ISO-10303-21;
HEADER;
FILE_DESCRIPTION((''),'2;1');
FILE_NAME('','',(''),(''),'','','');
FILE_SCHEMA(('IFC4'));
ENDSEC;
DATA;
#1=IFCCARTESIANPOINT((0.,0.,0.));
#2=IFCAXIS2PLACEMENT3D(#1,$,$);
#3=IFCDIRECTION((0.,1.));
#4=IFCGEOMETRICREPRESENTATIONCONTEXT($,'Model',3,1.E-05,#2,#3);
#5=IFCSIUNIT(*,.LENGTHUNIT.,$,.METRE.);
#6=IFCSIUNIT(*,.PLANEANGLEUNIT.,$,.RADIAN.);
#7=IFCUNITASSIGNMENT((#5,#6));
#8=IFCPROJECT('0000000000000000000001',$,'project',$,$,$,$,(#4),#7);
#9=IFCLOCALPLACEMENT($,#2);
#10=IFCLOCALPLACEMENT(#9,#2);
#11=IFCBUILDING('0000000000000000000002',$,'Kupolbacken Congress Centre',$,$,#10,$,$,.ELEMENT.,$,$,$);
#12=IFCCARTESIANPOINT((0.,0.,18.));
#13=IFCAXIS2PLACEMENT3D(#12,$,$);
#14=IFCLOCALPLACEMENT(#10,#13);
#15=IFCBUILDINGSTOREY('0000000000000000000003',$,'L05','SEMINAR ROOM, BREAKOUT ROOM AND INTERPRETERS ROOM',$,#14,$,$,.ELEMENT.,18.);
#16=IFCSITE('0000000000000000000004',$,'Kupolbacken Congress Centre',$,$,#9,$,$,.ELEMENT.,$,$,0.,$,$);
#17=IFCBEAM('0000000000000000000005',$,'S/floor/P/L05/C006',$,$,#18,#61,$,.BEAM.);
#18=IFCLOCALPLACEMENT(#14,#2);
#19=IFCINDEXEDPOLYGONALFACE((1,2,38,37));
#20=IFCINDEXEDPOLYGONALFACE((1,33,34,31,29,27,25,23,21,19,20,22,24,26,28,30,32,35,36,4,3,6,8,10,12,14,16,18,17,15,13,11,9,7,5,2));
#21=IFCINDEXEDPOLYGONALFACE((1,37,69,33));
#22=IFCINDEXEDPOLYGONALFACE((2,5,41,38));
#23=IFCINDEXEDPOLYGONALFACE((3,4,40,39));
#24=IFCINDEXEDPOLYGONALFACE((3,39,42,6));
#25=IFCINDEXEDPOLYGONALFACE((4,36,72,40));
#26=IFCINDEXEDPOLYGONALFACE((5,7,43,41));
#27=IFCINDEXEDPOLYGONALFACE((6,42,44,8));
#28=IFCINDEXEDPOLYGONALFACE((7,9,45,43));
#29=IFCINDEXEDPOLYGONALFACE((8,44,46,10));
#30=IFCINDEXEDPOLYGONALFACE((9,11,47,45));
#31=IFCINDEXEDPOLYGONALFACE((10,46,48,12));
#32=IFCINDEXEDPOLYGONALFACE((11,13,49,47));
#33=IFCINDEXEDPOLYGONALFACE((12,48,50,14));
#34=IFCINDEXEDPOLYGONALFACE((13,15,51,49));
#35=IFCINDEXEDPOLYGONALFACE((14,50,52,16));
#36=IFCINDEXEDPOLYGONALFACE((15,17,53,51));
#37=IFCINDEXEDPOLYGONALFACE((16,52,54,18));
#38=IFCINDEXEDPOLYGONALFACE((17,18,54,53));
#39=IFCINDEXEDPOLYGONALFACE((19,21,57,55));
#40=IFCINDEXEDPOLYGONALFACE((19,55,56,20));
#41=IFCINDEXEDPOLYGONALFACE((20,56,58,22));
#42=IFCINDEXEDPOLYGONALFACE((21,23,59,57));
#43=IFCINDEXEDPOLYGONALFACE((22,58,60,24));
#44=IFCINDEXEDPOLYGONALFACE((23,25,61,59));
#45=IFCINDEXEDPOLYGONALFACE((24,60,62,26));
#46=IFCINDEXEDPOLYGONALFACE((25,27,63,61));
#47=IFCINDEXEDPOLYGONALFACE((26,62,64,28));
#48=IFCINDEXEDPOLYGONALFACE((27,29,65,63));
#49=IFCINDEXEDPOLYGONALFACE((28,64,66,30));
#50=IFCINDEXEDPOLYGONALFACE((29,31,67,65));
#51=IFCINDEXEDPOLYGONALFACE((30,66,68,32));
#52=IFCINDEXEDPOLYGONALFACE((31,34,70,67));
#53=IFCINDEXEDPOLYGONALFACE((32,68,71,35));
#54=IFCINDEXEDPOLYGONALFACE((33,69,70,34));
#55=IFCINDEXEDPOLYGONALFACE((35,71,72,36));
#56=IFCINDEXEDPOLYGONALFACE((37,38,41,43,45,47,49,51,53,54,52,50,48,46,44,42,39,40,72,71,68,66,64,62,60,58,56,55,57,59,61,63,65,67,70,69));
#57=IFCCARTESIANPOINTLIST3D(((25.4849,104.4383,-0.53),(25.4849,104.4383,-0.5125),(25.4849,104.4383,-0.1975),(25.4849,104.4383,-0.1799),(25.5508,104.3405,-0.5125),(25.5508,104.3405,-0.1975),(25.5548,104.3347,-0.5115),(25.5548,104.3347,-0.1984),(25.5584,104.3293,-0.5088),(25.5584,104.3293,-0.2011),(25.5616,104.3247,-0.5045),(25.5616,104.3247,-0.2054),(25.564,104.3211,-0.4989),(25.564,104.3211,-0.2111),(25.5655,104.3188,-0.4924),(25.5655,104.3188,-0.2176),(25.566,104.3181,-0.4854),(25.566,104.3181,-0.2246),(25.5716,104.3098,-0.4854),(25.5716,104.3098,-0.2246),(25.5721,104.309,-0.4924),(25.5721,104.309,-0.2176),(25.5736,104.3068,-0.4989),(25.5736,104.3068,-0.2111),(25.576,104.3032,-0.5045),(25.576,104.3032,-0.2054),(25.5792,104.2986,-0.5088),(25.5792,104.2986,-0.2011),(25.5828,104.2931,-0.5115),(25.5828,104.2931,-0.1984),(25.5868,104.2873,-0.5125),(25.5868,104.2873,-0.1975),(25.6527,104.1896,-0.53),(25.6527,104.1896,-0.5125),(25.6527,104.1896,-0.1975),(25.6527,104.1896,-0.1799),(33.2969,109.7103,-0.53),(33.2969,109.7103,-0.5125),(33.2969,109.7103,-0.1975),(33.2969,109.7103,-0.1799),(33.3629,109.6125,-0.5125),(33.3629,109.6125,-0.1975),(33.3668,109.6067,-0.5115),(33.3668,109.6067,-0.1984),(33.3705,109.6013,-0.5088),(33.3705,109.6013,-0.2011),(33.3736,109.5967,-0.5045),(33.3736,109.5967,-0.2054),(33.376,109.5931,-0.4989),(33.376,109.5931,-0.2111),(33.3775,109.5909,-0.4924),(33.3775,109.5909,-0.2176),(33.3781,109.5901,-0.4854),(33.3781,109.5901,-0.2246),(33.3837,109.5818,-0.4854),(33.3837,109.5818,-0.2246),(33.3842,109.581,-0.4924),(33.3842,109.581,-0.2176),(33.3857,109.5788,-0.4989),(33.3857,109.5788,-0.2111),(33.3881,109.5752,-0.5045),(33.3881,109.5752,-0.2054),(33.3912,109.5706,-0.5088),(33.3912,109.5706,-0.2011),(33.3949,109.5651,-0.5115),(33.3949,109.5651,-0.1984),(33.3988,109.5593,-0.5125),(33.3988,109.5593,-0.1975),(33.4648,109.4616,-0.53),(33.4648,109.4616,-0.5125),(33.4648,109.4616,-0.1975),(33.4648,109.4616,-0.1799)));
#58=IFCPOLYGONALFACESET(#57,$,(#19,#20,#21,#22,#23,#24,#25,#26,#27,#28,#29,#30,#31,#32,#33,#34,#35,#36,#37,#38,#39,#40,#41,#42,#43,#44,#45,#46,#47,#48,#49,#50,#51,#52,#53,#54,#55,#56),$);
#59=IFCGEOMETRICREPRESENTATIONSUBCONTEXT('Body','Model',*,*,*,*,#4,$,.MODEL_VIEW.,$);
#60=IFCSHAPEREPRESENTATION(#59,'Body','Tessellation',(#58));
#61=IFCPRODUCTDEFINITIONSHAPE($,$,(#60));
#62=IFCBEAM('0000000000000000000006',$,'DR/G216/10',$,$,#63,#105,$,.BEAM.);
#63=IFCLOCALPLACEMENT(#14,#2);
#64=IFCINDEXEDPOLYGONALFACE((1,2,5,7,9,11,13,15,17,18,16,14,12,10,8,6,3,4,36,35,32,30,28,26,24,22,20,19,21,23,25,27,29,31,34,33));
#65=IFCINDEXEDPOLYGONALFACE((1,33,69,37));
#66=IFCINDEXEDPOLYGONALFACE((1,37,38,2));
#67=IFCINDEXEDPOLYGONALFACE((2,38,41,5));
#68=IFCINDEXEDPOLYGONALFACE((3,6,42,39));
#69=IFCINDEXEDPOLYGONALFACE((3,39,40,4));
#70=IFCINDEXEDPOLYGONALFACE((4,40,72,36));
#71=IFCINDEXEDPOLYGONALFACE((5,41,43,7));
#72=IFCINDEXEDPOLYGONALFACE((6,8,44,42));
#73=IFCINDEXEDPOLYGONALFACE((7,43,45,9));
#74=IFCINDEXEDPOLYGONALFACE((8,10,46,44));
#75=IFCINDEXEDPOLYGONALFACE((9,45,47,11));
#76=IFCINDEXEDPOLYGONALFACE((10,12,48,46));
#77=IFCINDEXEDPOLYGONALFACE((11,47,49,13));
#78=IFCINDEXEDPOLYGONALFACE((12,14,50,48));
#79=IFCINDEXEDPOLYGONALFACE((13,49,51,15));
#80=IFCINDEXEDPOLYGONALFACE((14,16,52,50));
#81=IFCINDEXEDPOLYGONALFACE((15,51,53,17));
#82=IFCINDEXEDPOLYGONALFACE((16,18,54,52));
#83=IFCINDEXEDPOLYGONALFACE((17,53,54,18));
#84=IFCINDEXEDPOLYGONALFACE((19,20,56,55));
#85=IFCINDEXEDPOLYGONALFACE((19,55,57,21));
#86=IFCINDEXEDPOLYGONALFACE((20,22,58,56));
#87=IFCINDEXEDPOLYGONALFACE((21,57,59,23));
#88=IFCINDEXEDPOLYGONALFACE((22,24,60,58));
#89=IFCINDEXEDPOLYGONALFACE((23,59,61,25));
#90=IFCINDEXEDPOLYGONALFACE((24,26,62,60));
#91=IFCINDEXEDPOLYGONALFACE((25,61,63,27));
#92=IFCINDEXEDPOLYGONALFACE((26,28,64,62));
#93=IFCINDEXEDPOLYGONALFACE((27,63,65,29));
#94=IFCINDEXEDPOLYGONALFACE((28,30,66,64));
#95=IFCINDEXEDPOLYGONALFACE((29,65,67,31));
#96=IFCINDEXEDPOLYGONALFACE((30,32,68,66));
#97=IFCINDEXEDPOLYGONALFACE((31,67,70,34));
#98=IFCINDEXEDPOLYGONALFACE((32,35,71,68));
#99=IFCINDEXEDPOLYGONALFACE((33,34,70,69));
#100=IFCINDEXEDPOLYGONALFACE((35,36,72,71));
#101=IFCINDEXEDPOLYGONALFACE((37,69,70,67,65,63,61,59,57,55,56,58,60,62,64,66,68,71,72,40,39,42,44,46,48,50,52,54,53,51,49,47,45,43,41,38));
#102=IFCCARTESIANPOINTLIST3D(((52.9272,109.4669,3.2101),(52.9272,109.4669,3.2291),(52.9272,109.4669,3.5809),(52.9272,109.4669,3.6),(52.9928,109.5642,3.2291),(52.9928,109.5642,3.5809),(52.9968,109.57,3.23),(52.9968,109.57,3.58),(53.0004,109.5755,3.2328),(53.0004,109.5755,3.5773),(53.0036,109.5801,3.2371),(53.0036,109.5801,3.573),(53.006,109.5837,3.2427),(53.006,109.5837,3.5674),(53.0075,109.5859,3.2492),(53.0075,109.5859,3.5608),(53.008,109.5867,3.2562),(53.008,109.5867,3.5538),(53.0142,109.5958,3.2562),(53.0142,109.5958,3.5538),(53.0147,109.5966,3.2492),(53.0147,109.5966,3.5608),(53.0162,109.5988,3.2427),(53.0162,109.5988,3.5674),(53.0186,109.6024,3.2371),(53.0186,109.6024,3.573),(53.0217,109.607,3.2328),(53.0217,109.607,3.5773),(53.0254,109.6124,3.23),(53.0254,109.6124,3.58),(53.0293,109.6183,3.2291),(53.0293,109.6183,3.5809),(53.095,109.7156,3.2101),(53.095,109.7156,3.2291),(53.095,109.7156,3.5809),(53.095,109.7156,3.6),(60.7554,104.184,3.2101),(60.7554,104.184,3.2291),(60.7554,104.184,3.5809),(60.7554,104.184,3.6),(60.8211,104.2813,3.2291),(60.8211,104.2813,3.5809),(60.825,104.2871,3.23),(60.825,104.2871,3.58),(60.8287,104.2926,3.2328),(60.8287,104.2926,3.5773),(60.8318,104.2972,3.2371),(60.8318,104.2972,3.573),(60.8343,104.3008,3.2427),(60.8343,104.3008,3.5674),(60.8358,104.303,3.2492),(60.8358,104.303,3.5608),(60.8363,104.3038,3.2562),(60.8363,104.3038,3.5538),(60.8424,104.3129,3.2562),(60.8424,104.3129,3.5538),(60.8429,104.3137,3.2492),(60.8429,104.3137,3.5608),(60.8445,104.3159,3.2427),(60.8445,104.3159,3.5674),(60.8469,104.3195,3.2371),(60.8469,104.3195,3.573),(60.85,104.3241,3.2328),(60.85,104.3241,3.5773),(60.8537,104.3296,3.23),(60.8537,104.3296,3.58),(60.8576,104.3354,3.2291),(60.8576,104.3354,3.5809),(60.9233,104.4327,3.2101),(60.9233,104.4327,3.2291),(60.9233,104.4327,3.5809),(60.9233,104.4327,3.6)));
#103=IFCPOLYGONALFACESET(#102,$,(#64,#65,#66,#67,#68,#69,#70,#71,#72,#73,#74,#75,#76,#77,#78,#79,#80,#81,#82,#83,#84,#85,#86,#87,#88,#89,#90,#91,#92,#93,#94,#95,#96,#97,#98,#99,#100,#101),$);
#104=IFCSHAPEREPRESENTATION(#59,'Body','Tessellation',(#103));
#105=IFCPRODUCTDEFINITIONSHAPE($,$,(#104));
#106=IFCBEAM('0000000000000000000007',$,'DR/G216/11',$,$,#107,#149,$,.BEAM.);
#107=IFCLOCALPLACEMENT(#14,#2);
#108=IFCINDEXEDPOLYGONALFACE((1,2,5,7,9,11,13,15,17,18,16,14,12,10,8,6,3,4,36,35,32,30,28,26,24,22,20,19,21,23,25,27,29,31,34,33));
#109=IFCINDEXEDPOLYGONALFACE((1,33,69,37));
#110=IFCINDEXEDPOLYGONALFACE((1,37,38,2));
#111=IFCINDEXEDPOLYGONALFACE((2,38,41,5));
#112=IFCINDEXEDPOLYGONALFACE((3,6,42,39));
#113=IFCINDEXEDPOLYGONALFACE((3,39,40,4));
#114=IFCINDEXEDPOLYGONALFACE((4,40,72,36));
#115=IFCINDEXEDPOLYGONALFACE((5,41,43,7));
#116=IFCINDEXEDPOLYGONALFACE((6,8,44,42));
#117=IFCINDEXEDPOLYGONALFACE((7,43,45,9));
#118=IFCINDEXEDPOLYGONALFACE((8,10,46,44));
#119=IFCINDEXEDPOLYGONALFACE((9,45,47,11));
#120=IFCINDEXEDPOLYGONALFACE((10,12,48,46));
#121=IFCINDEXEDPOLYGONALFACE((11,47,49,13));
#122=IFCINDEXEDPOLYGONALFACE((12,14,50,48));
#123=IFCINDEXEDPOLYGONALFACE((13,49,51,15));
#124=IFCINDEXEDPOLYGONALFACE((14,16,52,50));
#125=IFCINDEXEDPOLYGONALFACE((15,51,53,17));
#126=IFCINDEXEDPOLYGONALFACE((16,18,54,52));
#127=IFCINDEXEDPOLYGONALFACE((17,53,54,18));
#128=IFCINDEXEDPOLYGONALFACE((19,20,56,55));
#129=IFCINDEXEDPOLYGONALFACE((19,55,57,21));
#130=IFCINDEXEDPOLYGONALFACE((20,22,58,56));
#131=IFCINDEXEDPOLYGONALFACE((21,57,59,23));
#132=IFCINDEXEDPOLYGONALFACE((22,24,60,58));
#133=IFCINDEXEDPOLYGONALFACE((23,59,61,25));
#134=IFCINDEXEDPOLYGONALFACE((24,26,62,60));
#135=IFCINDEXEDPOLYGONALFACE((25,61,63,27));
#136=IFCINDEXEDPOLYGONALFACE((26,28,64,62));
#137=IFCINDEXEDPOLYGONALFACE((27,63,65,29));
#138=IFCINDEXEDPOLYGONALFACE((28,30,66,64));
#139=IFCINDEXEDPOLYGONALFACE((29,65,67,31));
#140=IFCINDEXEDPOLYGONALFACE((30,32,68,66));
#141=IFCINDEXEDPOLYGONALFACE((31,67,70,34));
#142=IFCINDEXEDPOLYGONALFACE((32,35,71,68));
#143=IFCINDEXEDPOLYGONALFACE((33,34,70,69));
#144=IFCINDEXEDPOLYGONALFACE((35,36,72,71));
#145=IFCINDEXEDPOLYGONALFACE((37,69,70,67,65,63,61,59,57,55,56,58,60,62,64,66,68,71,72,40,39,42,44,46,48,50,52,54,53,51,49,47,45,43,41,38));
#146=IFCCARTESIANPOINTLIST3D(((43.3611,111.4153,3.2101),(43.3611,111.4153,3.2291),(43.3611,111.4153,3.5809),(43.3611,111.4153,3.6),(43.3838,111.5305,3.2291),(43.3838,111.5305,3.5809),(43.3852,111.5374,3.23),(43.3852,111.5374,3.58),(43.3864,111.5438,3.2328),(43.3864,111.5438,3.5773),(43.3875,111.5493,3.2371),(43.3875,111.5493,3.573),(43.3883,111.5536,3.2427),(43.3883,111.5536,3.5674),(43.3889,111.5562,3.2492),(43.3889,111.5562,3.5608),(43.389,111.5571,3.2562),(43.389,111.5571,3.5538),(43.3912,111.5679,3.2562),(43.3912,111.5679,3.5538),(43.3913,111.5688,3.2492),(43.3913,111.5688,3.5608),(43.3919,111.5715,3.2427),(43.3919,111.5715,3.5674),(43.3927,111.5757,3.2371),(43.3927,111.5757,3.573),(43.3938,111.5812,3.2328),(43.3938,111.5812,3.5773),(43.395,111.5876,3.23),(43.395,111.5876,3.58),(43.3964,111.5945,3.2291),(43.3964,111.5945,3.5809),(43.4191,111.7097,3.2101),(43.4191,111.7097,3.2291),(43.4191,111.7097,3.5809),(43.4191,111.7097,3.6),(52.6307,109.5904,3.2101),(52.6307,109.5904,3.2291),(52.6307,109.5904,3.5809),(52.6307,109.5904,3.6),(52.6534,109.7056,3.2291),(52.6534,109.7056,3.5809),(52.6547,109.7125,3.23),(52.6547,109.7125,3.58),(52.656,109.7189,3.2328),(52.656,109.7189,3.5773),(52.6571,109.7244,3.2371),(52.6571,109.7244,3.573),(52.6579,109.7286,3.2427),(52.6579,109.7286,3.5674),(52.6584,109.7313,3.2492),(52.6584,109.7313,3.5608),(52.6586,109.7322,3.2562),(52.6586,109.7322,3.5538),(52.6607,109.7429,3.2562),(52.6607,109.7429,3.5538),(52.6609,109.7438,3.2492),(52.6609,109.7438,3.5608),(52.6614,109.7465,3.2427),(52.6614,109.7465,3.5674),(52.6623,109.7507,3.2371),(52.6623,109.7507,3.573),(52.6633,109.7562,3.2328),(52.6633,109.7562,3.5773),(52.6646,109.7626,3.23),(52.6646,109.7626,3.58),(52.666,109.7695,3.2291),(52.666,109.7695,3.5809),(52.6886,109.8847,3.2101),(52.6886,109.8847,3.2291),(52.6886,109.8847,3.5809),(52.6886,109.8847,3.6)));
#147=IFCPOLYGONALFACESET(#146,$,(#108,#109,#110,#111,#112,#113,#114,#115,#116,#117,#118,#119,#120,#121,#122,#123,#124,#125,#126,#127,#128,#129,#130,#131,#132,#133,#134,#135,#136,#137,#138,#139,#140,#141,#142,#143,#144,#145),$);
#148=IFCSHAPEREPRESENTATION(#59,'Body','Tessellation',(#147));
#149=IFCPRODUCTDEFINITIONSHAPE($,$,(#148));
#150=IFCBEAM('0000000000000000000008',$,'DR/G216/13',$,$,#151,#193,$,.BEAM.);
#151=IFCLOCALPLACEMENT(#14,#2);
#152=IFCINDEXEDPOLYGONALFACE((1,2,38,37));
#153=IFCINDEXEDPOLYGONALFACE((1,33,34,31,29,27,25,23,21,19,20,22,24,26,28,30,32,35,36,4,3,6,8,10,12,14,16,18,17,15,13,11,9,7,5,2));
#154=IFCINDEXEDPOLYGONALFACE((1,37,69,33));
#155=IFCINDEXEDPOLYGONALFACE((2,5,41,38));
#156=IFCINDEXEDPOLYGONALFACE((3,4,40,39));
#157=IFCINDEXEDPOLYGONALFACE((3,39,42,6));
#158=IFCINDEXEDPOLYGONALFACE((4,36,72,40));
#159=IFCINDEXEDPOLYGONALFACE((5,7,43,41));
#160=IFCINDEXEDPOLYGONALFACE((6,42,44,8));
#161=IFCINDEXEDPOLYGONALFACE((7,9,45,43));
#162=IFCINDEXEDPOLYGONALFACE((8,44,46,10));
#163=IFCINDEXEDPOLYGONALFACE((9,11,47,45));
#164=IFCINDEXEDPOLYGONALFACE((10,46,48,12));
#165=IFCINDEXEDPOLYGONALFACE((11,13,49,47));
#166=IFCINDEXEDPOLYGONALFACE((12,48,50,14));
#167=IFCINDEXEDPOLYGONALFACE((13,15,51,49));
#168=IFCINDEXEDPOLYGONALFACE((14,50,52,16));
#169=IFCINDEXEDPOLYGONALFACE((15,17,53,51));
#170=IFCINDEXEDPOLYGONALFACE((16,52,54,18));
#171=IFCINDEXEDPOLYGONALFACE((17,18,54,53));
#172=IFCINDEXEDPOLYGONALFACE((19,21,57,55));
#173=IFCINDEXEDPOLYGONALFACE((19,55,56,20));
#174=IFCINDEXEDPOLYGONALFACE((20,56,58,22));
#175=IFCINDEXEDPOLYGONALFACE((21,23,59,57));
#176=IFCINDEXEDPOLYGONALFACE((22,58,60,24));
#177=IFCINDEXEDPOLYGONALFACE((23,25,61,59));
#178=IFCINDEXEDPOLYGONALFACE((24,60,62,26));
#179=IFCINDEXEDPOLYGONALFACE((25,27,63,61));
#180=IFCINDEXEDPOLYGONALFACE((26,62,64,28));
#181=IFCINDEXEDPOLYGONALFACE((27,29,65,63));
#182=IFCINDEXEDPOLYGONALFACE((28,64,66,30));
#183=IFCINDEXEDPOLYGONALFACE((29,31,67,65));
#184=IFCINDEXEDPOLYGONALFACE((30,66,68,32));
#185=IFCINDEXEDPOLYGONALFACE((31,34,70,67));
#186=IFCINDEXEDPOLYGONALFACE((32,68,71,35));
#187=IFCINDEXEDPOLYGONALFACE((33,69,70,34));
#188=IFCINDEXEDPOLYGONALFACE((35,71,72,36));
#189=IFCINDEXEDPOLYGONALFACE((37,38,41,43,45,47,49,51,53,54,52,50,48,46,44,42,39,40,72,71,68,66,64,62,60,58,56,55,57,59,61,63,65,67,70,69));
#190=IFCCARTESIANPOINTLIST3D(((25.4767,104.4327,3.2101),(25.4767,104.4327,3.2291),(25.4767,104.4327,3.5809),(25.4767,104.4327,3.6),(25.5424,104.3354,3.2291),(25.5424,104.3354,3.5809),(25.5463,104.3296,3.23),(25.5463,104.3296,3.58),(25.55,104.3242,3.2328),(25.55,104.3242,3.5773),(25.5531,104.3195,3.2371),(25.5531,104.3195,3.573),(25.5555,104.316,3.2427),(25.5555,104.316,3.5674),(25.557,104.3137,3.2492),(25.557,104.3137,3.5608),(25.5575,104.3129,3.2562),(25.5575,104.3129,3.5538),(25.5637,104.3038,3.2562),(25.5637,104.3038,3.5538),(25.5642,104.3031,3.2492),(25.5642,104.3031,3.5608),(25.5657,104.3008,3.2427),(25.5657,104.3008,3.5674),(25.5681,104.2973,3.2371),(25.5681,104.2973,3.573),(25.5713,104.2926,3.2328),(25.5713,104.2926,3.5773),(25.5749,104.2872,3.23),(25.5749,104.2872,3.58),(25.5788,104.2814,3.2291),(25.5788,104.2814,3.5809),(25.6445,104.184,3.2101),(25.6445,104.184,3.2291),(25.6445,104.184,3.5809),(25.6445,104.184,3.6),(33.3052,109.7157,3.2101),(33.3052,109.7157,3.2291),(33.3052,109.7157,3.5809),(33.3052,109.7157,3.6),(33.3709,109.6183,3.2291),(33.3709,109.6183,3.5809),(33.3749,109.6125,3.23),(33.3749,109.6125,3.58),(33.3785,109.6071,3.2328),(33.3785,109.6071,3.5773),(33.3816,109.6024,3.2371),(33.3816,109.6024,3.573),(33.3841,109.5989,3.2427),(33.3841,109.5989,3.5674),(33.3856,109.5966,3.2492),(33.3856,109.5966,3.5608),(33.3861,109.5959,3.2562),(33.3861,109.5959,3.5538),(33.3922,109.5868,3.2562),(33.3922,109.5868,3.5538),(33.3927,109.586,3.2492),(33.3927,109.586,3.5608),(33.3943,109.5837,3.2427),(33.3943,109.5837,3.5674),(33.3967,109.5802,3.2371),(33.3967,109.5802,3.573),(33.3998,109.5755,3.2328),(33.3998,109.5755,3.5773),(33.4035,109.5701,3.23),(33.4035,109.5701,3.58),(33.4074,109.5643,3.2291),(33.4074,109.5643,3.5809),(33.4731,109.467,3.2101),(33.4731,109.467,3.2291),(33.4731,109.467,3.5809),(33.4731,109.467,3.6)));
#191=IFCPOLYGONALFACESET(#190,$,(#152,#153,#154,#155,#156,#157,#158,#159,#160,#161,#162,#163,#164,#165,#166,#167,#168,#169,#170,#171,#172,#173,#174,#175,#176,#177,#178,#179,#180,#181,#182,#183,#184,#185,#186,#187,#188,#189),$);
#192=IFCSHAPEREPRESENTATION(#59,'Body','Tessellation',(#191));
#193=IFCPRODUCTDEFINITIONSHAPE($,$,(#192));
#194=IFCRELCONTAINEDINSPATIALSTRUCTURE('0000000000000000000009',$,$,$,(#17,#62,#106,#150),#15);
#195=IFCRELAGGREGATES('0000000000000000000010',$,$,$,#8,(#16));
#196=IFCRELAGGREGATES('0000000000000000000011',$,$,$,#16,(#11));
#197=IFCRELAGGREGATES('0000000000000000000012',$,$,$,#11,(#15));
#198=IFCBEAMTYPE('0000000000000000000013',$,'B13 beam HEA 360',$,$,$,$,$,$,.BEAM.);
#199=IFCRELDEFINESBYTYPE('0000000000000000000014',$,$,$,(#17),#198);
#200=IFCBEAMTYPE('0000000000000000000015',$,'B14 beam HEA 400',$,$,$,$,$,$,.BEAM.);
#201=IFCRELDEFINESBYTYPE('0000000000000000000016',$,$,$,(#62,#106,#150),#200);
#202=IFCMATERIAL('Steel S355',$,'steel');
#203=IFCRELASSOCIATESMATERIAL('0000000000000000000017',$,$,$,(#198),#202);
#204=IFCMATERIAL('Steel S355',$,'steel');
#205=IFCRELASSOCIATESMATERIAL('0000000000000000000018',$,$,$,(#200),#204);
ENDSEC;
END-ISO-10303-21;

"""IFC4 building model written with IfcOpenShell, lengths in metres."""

from ifc_helpers import new_model, si_unit, direction, frame, origin, origin_2d, place, context, subcontext, project, spatial, i_section, extrude, material, material_profile, profile_set, type_object, element, save


model = new_model("IFC4")

# Units and contexts
model_context = context("Model", 3, precision=1e-05, world=origin(), true_north=direction((0.0, 1.0)))
body_context = subcontext(model_context, "Body", "Model", "MODEL_VIEW")
ifc_project = project(units=[si_unit("LENGTHUNIT", "METRE"), si_unit("PLANEANGLEUNIT", "RADIAN")], contexts=[model_context])

# Site, building, storey
site_placement = place(None, origin())
site = spatial("IfcSite", under=ifc_project, at=site_placement, Name="Kupolbacken Congress Centre", CompositionType="ELEMENT", RefElevation=0.0)
building_placement = place(site_placement, origin())
building = spatial("IfcBuilding", under=site, at=building_placement, Name="Kupolbacken Congress Centre", CompositionType="ELEMENT")
storey_placement = place(building_placement, frame((0.0, 0.0, 18.0)))
storey = spatial("IfcBuildingStorey", under=building, at=storey_placement, Name="L05", Description="SEMINAR ROOM, BREAKOUT ROOM AND INTERPRETERS ROOM", CompositionType="ELEMENT", Elevation=18.0)

# Beams
ifc_material_1 = material(Name="Steel S355", Category="steel")
ifc_material_profile_1 = material_profile(ifc_material_1, i_section(OverallWidth=0.3, OverallDepth=0.3501, WebThickness=0.01, FlangeThickness=0.0176, FilletRadius=0.0271, at=origin_2d()), Name="HEA 360")
ifc_profile_set_1 = profile_set([ifc_material_profile_1], Name="Steel S355")
beam_type_1 = type_object("IfcBeamType", Name="B13 beam HEA 360", PredefinedType="BEAM", material=ifc_profile_set_1)
beam_1_placement = place(storey_placement, frame((33.3809, 109.5859, -0.355), z_axis=(-0.828905, -0.55939, 0.0), x_axis=(0.55939, -0.828905, 0.0)))
element("IfcBeam", 1, at=beam_1_placement, inside=storey, type_object=beam_type_1, Name="S/floor/P/L05/C006", PredefinedType="BEAM", context=body_context, shape_type="SweptSolid", body=[
    extrude(i_section(OverallWidth=0.3, OverallDepth=0.3501, WebThickness=0.01, FlangeThickness=0.0176, FilletRadius=0.0271, at=origin_2d()), origin(), (0.0, 0.0, 1.0), 9.4246),
])
ifc_material_2 = material(Name="Steel S355", Category="steel")
ifc_material_profile_2 = material_profile(ifc_material_2, i_section(OverallWidth=0.3, OverallDepth=0.3899, WebThickness=0.011, FlangeThickness=0.019, FilletRadius=0.0271, at=origin_2d()), Name="HEA 400")
ifc_profile_set_2 = profile_set([ifc_material_profile_2], Name="Steel S355")
beam_type_2 = type_object("IfcBeamType", Name="B14 beam HEA 400", PredefinedType="BEAM", material=ifc_profile_set_2)
beam_2_placement = place(storey_placement, frame((60.8394, 104.3083, 3.405), z_axis=(-0.828907, 0.559386, 0.0), x_axis=(-0.559386, -0.828907, 0.0)))
element("IfcBeam", 2, at=beam_2_placement, inside=storey, type_object=beam_type_2, Name="DR/G216/10", PredefinedType="BEAM", context=body_context, shape_type="SweptSolid", body=[
    extrude(i_section(OverallWidth=0.3, OverallDepth=0.3899, WebThickness=0.011, FlangeThickness=0.019, FilletRadius=0.0271, at=origin_2d()), origin(), (0.0, 0.0, 1.0), 9.4441),
])
beam_3_placement = place(storey_placement, frame((52.6597, 109.7375, 3.405), z_axis=(-0.981166, 0.193168, 0.0), x_axis=(-0.193168, -0.981166, 0.0)))
element("IfcBeam", 3, at=beam_3_placement, inside=storey, type_object=beam_type_2, Name="DR/G216/11", PredefinedType="BEAM", context=body_context, shape_type="SweptSolid", body=[
    extrude(i_section(OverallWidth=0.3, OverallDepth=0.3899, WebThickness=0.011, FlangeThickness=0.019, FilletRadius=0.0271, at=origin_2d()), origin(), (0.0, 0.0, 1.0), 9.4475),
])
beam_4_placement = place(storey_placement, frame((33.3892, 109.5913, 3.405), z_axis=(-0.828915, -0.559374, 0.0), x_axis=(0.559374, -0.828915, 0.0)))
element("IfcBeam", 4, at=beam_4_placement, inside=storey, type_object=beam_type_2, Name="DR/G216/13", PredefinedType="BEAM", context=body_context, shape_type="SweptSolid", body=[
    extrude(i_section(OverallWidth=0.3, OverallDepth=0.3899, WebThickness=0.011, FlangeThickness=0.019, FilletRadius=0.0271, at=origin_2d()), origin(), (0.0, 0.0, 1.0), 9.4443),
])

save(model, "model.ifc")
